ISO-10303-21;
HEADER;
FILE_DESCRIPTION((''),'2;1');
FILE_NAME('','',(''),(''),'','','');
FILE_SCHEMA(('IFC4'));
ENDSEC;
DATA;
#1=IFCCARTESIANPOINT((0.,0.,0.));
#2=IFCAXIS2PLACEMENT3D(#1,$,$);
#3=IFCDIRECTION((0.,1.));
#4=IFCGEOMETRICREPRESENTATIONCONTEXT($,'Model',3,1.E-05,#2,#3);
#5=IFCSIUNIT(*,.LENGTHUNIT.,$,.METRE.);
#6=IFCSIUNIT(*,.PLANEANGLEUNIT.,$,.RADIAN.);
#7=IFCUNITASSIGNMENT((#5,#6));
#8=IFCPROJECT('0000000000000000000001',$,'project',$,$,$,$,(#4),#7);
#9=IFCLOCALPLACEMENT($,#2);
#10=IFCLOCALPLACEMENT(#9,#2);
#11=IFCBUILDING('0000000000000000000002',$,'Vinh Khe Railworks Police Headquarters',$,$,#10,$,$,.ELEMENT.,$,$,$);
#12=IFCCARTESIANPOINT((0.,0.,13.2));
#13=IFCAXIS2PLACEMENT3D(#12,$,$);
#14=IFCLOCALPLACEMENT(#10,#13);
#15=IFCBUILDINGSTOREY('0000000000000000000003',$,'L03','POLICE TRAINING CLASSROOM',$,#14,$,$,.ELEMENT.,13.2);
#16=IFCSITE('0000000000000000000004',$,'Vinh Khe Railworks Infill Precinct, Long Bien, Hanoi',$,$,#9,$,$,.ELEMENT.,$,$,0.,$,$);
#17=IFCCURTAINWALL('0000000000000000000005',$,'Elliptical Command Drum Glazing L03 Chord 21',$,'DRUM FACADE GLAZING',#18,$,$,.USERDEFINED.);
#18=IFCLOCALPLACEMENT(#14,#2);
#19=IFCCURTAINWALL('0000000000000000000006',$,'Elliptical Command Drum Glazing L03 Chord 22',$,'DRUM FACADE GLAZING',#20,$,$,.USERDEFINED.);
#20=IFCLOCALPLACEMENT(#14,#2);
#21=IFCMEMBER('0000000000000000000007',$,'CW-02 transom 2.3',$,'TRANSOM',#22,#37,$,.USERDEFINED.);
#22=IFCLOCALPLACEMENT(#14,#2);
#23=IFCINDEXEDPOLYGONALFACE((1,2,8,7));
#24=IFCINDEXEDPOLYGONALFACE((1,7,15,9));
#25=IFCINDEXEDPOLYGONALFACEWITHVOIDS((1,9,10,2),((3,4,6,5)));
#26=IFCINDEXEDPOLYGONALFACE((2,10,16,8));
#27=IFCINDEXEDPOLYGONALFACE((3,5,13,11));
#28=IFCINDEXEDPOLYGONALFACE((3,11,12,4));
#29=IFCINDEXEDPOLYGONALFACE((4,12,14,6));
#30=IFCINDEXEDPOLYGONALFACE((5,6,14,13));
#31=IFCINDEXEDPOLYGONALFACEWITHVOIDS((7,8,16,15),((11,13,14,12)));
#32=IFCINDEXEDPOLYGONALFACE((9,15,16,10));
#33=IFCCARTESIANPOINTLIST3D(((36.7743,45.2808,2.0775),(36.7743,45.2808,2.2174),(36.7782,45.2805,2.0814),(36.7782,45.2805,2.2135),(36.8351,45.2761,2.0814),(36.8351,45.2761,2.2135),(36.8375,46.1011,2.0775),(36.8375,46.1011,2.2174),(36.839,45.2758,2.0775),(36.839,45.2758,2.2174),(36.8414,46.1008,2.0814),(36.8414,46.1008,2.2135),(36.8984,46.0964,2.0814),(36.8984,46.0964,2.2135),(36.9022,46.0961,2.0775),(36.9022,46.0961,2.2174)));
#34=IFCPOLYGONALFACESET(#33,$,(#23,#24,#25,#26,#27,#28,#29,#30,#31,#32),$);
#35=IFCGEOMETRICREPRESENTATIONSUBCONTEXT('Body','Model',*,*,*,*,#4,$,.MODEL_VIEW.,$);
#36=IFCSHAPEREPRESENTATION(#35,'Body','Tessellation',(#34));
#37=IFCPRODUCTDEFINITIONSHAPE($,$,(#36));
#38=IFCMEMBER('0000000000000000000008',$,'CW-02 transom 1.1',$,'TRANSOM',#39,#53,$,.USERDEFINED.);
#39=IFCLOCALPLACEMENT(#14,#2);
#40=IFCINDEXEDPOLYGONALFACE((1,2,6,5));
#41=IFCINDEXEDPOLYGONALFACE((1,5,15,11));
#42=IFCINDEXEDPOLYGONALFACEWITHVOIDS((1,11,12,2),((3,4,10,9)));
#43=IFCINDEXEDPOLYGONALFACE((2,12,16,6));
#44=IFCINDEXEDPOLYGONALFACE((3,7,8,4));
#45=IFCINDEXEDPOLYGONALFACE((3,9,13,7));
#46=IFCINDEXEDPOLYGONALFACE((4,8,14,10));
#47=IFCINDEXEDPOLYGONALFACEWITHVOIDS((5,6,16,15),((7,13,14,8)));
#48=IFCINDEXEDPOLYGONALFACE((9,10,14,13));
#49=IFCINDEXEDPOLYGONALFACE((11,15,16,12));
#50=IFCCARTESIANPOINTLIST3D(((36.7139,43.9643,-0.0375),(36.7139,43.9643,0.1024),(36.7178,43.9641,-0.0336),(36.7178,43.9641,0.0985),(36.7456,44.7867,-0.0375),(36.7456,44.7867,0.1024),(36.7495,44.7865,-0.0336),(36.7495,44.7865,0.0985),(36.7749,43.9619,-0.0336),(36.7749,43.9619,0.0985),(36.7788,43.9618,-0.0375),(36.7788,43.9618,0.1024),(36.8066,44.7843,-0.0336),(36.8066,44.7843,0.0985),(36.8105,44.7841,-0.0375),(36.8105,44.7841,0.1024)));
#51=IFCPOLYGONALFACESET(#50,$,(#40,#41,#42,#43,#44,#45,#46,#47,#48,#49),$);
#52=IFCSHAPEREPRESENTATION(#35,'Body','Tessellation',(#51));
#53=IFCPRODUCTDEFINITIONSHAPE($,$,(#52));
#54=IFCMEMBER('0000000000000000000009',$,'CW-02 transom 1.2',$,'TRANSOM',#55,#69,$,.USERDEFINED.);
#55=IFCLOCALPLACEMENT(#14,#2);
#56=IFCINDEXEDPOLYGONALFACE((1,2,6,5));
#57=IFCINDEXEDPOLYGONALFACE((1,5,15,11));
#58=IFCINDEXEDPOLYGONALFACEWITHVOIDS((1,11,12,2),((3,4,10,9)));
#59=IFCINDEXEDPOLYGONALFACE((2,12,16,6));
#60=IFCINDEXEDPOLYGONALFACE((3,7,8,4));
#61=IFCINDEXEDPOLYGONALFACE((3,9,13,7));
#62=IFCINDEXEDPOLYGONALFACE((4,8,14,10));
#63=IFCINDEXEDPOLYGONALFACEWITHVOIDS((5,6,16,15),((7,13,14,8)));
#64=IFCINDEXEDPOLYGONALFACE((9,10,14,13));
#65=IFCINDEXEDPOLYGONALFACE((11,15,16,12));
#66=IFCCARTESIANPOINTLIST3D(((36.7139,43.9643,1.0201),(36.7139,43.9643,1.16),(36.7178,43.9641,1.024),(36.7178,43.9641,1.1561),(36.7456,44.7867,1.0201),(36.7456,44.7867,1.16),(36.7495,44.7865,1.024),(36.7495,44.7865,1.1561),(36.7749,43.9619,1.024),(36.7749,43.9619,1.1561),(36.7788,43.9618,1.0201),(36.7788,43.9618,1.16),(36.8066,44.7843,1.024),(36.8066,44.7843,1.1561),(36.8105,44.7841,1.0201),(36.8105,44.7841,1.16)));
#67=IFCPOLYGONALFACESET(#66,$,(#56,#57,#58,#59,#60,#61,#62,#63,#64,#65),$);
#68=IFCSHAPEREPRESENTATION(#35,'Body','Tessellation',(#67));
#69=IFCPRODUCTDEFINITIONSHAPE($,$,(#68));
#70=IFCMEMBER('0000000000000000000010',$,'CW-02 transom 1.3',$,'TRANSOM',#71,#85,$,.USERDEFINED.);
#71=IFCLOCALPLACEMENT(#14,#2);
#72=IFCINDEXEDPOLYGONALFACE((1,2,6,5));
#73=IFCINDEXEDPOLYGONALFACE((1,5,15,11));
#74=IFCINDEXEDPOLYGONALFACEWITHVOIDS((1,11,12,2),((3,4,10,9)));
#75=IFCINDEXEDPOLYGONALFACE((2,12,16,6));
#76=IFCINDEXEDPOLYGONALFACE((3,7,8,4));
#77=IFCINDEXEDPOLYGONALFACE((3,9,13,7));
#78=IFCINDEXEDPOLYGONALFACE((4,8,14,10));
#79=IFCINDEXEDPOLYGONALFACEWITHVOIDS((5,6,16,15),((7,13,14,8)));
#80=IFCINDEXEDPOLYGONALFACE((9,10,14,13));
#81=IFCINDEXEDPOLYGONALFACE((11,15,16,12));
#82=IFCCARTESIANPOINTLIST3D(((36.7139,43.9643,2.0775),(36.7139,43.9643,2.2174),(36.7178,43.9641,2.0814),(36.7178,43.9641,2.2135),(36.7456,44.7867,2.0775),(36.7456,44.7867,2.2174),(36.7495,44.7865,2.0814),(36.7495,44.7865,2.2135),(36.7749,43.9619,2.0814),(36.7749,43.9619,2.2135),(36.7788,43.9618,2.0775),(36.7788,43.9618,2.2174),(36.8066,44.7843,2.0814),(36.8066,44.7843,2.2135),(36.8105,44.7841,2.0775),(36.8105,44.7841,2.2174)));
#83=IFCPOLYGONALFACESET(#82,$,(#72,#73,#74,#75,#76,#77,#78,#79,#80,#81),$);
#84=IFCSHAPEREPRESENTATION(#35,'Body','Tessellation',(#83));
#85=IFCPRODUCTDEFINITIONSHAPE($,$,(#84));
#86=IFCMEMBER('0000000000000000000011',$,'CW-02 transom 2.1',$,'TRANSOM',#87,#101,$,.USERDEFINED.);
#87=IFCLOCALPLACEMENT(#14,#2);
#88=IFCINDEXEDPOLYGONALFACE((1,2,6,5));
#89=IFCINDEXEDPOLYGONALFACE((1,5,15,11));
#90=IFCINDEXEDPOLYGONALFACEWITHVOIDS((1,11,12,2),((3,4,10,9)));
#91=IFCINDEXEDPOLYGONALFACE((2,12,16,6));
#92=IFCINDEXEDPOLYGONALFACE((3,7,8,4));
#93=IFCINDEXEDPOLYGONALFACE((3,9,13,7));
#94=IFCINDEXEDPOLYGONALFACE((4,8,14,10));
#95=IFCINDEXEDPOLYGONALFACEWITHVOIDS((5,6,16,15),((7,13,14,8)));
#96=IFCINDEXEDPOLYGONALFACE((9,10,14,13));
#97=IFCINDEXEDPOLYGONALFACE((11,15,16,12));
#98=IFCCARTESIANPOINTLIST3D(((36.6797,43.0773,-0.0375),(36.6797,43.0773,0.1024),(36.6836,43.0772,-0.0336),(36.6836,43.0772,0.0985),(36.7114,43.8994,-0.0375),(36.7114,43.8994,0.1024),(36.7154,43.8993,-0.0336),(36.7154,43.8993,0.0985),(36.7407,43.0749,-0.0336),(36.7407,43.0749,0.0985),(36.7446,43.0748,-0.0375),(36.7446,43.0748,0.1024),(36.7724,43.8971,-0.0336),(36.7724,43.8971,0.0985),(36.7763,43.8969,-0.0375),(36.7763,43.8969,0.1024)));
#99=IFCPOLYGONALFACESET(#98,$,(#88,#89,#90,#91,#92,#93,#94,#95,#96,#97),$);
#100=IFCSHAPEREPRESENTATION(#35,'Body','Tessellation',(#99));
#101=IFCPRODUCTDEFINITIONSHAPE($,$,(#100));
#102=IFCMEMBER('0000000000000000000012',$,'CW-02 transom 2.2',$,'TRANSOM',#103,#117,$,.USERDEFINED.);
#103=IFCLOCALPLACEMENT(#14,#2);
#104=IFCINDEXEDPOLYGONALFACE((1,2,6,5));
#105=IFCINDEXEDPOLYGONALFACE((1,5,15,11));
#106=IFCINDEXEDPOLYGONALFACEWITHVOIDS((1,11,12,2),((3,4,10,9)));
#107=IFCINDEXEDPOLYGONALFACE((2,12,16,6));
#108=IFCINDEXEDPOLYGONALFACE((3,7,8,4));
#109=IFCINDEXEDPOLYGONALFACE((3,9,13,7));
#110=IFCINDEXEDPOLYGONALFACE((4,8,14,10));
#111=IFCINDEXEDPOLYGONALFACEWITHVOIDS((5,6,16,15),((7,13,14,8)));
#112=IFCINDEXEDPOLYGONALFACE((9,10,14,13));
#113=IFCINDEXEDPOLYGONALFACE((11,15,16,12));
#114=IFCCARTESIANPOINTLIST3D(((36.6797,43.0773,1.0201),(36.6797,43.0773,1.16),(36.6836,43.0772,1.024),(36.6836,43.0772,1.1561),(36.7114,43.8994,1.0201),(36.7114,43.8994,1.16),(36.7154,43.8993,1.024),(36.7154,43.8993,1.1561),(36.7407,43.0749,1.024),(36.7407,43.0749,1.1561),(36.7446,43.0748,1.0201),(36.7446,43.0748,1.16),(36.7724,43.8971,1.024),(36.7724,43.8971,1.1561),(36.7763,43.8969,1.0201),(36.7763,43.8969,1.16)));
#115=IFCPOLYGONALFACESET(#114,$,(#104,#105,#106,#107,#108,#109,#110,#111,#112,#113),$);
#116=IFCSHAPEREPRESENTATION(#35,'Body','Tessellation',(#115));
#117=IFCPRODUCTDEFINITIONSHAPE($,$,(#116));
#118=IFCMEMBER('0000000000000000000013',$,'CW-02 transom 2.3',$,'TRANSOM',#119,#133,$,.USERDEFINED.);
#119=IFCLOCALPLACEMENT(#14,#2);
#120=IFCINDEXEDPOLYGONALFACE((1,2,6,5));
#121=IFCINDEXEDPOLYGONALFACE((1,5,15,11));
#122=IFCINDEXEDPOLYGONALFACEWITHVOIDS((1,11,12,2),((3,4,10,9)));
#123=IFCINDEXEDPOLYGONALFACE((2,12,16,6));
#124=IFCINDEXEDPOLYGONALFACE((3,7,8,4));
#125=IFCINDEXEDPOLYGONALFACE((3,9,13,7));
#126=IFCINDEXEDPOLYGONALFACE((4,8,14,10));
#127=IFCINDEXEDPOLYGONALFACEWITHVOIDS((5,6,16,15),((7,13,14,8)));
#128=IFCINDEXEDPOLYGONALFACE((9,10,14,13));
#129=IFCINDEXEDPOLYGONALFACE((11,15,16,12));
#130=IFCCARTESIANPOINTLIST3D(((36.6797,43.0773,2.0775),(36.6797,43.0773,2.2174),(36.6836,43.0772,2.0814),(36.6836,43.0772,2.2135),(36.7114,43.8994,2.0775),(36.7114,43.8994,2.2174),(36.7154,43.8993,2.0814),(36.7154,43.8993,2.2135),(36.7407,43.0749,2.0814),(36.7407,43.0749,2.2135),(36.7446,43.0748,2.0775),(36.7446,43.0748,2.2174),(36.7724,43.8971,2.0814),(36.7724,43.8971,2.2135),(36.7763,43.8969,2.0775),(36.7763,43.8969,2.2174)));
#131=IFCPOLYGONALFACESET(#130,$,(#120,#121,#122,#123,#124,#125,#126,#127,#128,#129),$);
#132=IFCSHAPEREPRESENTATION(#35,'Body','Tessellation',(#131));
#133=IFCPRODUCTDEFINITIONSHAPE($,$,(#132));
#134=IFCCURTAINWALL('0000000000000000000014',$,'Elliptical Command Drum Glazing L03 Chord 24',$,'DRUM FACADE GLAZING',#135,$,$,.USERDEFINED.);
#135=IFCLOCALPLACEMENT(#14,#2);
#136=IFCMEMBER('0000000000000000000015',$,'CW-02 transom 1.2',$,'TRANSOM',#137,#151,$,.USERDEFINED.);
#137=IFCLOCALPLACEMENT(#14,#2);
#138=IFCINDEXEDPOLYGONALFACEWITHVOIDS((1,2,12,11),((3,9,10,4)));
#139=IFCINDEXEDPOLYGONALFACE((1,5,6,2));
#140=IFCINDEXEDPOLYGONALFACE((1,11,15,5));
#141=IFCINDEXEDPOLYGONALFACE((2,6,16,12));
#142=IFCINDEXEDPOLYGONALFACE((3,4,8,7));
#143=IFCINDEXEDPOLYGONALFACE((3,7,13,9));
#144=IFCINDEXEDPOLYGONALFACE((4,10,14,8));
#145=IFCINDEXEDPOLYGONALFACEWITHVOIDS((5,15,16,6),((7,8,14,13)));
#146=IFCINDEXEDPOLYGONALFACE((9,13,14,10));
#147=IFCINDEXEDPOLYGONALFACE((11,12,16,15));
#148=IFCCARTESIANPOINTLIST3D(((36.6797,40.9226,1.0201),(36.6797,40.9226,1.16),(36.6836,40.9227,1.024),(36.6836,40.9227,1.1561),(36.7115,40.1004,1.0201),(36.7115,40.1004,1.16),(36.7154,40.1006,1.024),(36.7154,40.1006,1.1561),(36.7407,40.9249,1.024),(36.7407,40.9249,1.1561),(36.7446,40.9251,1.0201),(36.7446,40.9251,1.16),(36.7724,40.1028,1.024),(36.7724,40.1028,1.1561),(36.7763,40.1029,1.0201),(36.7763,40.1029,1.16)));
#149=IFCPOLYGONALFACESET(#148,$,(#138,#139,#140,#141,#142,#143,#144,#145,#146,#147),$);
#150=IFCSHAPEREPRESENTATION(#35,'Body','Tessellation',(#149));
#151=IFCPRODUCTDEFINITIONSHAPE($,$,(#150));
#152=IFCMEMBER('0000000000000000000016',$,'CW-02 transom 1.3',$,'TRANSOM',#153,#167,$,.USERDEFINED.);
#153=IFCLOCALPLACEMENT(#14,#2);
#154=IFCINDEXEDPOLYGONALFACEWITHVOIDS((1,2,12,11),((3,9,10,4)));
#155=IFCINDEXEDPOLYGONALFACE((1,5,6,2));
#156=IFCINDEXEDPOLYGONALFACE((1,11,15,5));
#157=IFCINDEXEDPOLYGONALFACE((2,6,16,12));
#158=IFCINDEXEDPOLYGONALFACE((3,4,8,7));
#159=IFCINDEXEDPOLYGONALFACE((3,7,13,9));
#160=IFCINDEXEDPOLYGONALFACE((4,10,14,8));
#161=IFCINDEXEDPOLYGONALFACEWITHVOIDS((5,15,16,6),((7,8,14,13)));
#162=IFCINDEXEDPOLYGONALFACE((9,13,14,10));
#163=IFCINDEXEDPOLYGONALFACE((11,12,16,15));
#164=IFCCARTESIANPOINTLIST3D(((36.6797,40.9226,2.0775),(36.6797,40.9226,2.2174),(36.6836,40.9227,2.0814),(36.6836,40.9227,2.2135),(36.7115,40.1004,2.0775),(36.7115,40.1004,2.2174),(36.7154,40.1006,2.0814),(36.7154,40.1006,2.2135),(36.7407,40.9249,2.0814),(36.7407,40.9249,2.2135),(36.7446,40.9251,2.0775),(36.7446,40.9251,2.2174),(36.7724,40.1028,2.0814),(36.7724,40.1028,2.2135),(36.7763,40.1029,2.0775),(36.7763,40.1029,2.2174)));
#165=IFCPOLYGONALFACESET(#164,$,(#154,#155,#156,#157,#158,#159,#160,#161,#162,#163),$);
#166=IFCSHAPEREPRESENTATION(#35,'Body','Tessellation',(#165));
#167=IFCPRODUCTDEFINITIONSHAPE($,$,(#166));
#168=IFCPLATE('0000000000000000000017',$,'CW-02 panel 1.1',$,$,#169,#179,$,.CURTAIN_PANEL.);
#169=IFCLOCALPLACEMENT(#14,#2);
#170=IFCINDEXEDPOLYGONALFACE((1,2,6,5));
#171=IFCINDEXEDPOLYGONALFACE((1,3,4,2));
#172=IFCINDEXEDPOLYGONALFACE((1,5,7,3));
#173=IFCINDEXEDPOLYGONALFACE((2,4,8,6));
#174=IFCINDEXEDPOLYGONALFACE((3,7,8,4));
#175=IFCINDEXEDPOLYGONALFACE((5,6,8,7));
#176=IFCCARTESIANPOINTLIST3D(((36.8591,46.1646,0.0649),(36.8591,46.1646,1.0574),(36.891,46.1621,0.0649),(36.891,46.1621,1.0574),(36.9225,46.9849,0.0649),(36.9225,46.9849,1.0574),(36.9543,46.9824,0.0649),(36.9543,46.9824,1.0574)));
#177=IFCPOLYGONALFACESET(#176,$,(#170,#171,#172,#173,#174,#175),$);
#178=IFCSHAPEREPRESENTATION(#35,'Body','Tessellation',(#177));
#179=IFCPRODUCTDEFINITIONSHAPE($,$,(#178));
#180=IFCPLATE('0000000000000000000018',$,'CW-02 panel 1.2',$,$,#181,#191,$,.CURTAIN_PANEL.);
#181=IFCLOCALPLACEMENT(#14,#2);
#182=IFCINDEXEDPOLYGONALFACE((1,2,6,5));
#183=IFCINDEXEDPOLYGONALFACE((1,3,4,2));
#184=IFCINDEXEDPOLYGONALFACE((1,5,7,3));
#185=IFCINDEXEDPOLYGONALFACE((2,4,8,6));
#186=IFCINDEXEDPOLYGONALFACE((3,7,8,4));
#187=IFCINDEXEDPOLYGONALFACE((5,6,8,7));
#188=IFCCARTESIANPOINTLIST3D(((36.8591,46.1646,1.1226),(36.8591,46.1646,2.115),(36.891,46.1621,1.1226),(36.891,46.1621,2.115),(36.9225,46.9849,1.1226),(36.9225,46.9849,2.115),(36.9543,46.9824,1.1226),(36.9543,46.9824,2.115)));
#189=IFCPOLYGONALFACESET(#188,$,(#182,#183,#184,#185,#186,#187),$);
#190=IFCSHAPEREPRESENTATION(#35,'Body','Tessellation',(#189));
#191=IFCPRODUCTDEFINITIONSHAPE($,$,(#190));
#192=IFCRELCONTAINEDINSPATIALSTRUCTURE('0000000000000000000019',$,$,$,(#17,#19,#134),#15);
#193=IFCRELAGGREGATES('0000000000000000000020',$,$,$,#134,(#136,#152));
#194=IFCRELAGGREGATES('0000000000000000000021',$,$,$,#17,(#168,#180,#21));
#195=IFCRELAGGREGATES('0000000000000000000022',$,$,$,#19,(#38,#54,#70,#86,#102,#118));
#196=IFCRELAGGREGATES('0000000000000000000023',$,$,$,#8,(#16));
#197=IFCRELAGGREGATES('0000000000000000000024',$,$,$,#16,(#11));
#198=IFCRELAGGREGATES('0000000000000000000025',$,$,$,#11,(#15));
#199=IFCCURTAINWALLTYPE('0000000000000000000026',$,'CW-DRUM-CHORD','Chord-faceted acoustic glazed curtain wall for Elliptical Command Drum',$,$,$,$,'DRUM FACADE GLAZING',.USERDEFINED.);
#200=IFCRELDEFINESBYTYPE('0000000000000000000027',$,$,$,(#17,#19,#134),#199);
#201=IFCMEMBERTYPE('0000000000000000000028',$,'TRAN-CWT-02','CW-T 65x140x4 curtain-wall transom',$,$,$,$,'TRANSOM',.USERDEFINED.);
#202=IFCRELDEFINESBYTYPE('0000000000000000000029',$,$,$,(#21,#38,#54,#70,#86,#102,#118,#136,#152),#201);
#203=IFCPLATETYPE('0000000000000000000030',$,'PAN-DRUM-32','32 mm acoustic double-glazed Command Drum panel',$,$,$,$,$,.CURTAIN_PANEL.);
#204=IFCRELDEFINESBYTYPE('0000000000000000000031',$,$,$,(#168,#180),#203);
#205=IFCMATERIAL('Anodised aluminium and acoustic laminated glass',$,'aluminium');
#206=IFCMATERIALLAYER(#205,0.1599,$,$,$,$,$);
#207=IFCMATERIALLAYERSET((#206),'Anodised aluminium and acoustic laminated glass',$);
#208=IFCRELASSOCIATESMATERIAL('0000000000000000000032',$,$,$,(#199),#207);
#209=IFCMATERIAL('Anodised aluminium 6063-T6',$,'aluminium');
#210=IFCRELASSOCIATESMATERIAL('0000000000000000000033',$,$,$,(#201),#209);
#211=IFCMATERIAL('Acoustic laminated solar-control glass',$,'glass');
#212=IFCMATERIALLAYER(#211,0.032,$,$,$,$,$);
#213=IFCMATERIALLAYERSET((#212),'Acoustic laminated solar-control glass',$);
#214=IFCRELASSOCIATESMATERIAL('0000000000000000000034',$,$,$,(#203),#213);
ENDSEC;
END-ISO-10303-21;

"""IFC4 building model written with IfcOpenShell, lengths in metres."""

from ifc_helpers import new_model, si_unit, direction, frame, origin, origin_2d, place, context, subcontext, project, spatial, rectangle, hollow_rectangle, extrude, material, layer, layer_set, material_profile, profile_set, type_object, element, aggregate, save


model = new_model("IFC4")

# Units and contexts
model_context = context("Model", 3, precision=1e-05, world=origin(), true_north=direction((0.0, 1.0)))
body_context = subcontext(model_context, "Body", "Model", "MODEL_VIEW")
ifc_project = project(units=[si_unit("LENGTHUNIT", "METRE"), si_unit("PLANEANGLEUNIT", "RADIAN")], contexts=[model_context])

# Site, building, storey
site_placement = place(None, origin())
site = spatial("IfcSite", under=ifc_project, at=site_placement, Name="Vinh Khe Railworks Infill Precinct, Long Bien, Hanoi", CompositionType="ELEMENT", RefElevation=0.0)
building_placement = place(site_placement, origin())
building = spatial("IfcBuilding", under=site, at=building_placement, Name="Vinh Khe Railworks Police Headquarters", CompositionType="ELEMENT")
storey_placement = place(building_placement, frame((0.0, 0.0, 13.2)))
storey = spatial("IfcBuildingStorey", under=building, at=storey_placement, Name="L03", Description="POLICE TRAINING CLASSROOM", CompositionType="ELEMENT", Elevation=13.2)

# Shared definitions
ifc_material_1 = material(Name="Anodised aluminium and acoustic laminated glass", Category="aluminium")
ifc_layer_1 = layer(ifc_material_1, 0.1599)
ifc_layer_set_1 = layer_set([ifc_layer_1], Name="Anodised aluminium and acoustic laminated glass")
curtain_wall_type = type_object("IfcCurtainWallType", Name="CW-DRUM-CHORD", Description="Chord-faceted acoustic glazed curtain wall for Elliptical Command Drum", ElementType="DRUM FACADE GLAZING", PredefinedType="USERDEFINED", material=ifc_layer_set_1)
ifc_material_2 = material(Name="Anodised aluminium 6063-T6", Category="aluminium")

# Curtain walls
curtain_wall_1_placement = place(storey_placement, origin())
curtain_wall_1 = element("IfcCurtainWall", 1, at=curtain_wall_1_placement, inside=storey, type_object=curtain_wall_type, Name="Elliptical Command Drum Glazing L03 Chord 21", ObjectType="DRUM FACADE GLAZING", PredefinedType="USERDEFINED")
curtain_wall_2_placement = place(storey_placement, origin())
curtain_wall_2 = element("IfcCurtainWall", 2, at=curtain_wall_2_placement, inside=storey, type_object=curtain_wall_type, Name="Elliptical Command Drum Glazing L03 Chord 22", ObjectType="DRUM FACADE GLAZING", PredefinedType="USERDEFINED")

# Members
ifc_material_profile_1 = material_profile(ifc_material_2, hollow_rectangle(XDim=0.0649, YDim=0.1399, WallThickness=0.0039, at=origin_2d()), Name="CW-T 65x140x4")
ifc_profile_set_1 = profile_set([ifc_material_profile_1], Name="Anodised aluminium 6063-T6")
member_type_1 = type_object("IfcMemberType", Name="TRAN-CWT-02", Description="CW-T 65x140x4 curtain-wall transom", ElementType="TRANSOM", PredefinedType="USERDEFINED", material=ifc_profile_set_1)
member_1_placement = place(storey_placement, frame((36.8699, 46.0986, 2.1475), z_axis=(-0.076855, -0.997042, 0.0), x_axis=(0.997042, -0.076855, 0.0)))
member_1 = element("IfcMember", 3, at=member_1_placement, type_object=member_type_1, Name="CW-02 transom 2.3", ObjectType="TRANSOM", PredefinedType="USERDEFINED", context=body_context, shape_type="SweptSolid", body=[
    extrude(hollow_rectangle(XDim=0.0649, YDim=0.1399, WallThickness=0.0039, at=origin_2d()), origin(), (0.0, 0.0, 1.0), 0.8228),
])
member_2_placement = place(storey_placement, frame((36.7781, 44.7854, 0.0325), z_axis=(-0.03857, -0.999256, 0.0), x_axis=(0.999256, -0.03857, 0.0)))
member_2 = element("IfcMember", 4, at=member_2_placement, type_object=member_type_1, Name="CW-02 transom 1.1", ObjectType="TRANSOM", PredefinedType="USERDEFINED", context=body_context, shape_type="SweptSolid", body=[
    extrude(hollow_rectangle(XDim=0.0649, YDim=0.1399, WallThickness=0.0039, at=origin_2d()), origin(), (0.0, 0.0, 1.0), 0.823),
])
member_3_placement = place(storey_placement, frame((36.7781, 44.7854, 1.0901), z_axis=(-0.03857, -0.999256, 0.0), x_axis=(0.999256, -0.03857, 0.0)))
member_3 = element("IfcMember", 5, at=member_3_placement, type_object=member_type_1, Name="CW-02 transom 1.2", ObjectType="TRANSOM", PredefinedType="USERDEFINED", context=body_context, shape_type="SweptSolid", body=[
    extrude(hollow_rectangle(XDim=0.0649, YDim=0.1399, WallThickness=0.0039, at=origin_2d()), origin(), (0.0, 0.0, 1.0), 0.823),
])
member_4_placement = place(storey_placement, frame((36.7781, 44.7854, 2.1475), z_axis=(-0.03857, -0.999256, 0.0), x_axis=(0.999256, -0.03857, 0.0)))
member_4 = element("IfcMember", 6, at=member_4_placement, type_object=member_type_1, Name="CW-02 transom 1.3", ObjectType="TRANSOM", PredefinedType="USERDEFINED", context=body_context, shape_type="SweptSolid", body=[
    extrude(hollow_rectangle(XDim=0.0649, YDim=0.1399, WallThickness=0.0039, at=origin_2d()), origin(), (0.0, 0.0, 1.0), 0.823),
])
member_5_placement = place(storey_placement, frame((36.7439, 43.8982, 0.0325), z_axis=(-0.038581, -0.999255, 0.0), x_axis=(0.999255, -0.038581, 0.0)))
member_5 = element("IfcMember", 7, at=member_5_placement, type_object=member_type_1, Name="CW-02 transom 2.1", ObjectType="TRANSOM", PredefinedType="USERDEFINED", context=body_context, shape_type="SweptSolid", body=[
    extrude(hollow_rectangle(XDim=0.0649, YDim=0.1399, WallThickness=0.0039, at=origin_2d()), origin(), (0.0, 0.0, 1.0), 0.8228),
])
member_6_placement = place(storey_placement, frame((36.7439, 43.8982, 1.0901), z_axis=(-0.038581, -0.999255, 0.0), x_axis=(0.999255, -0.038581, 0.0)))
member_6 = element("IfcMember", 8, at=member_6_placement, type_object=member_type_1, Name="CW-02 transom 2.2", ObjectType="TRANSOM", PredefinedType="USERDEFINED", context=body_context, shape_type="SweptSolid", body=[
    extrude(hollow_rectangle(XDim=0.0649, YDim=0.1399, WallThickness=0.0039, at=origin_2d()), origin(), (0.0, 0.0, 1.0), 0.8228),
])
member_7_placement = place(storey_placement, frame((36.7439, 43.8982, 2.1475), z_axis=(-0.038581, -0.999255, 0.0), x_axis=(0.999255, -0.038581, 0.0)))
member_7 = element("IfcMember", 9, at=member_7_placement, type_object=member_type_1, Name="CW-02 transom 2.3", ObjectType="TRANSOM", PredefinedType="USERDEFINED", context=body_context, shape_type="SweptSolid", body=[
    extrude(hollow_rectangle(XDim=0.0649, YDim=0.1399, WallThickness=0.0039, at=origin_2d()), origin(), (0.0, 0.0, 1.0), 0.8228),
])

# Curtain wall, members
curtain_wall_3_placement = place(storey_placement, origin())
curtain_wall_3 = element("IfcCurtainWall", 10, at=curtain_wall_3_placement, inside=storey, type_object=curtain_wall_type, Name="Elliptical Command Drum Glazing L03 Chord 24", ObjectType="DRUM FACADE GLAZING", PredefinedType="USERDEFINED")
member_8_placement = place(storey_placement, frame((36.7122, 40.9238, 1.0901), z_axis=(0.038581, -0.999255, 0.0), x_axis=(0.999255, 0.038581, 0.0)))
member_8 = element("IfcMember", 11, at=member_8_placement, type_object=member_type_1, Name="CW-02 transom 1.2", ObjectType="TRANSOM", PredefinedType="USERDEFINED", context=body_context, shape_type="SweptSolid", body=[
    extrude(hollow_rectangle(XDim=0.0649, YDim=0.1399, WallThickness=0.0039, at=origin_2d()), origin(), (0.0, 0.0, 1.0), 0.8228),
])
member_9_placement = place(storey_placement, frame((36.7122, 40.9238, 2.1475), z_axis=(0.038581, -0.999255, 0.0), x_axis=(0.999255, 0.038581, 0.0)))
member_9 = element("IfcMember", 12, at=member_9_placement, type_object=member_type_1, Name="CW-02 transom 1.3", ObjectType="TRANSOM", PredefinedType="USERDEFINED", context=body_context, shape_type="SweptSolid", body=[
    extrude(hollow_rectangle(XDim=0.0649, YDim=0.1399, WallThickness=0.0039, at=origin_2d()), origin(), (0.0, 0.0, 1.0), 0.8228),
])
aggregate(curtain_wall_3, [member_8, member_9])

# Plates
ifc_material_3 = material(Name="Acoustic laminated solar-control glass", Category="glass")
ifc_layer_2 = layer(ifc_material_3, 0.032)
ifc_layer_set_2 = layer_set([ifc_layer_2], Name="Acoustic laminated solar-control glass")
plate_type_1 = type_object("IfcPlateType", Name="PAN-DRUM-32", Description="32 mm acoustic double-glazed Command Drum panel", PredefinedType="CURTAIN_PANEL", material=ifc_layer_set_2)
plate_1_placement = place(storey_placement, frame((36.9067, 46.5735, 0.0649), z_axis=(0.0, 0.0, 1.0), x_axis=(-0.076969, -0.997033, 0.0)))
plate_1 = element("IfcPlate", 13, at=plate_1_placement, type_object=plate_type_1, Name="CW-02 panel 1.1", PredefinedType="CURTAIN_PANEL", context=body_context, shape_type="SweptSolid", body=[
    extrude(rectangle(XDim=0.8228, YDim=0.032, at=origin_2d()), origin(), (0.0, 0.0, 1.0), 0.9924),
])
plate_2_placement = place(storey_placement, frame((36.9067, 46.5735, 1.1226), z_axis=(0.0, 0.0, 1.0), x_axis=(-0.076969, -0.997033, 0.0)))
plate_2 = element("IfcPlate", 14, at=plate_2_placement, type_object=plate_type_1, Name="CW-02 panel 1.2", PredefinedType="CURTAIN_PANEL", context=body_context, shape_type="SweptSolid", body=[
    extrude(rectangle(XDim=0.8228, YDim=0.032, at=origin_2d()), origin(), (0.0, 0.0, 1.0), 0.9924),
])
aggregate(curtain_wall_1, [plate_1, plate_2, member_1])
aggregate(curtain_wall_2, [member_2, member_3, member_4, member_5, member_6, member_7])

save(model, "model.ifc")
